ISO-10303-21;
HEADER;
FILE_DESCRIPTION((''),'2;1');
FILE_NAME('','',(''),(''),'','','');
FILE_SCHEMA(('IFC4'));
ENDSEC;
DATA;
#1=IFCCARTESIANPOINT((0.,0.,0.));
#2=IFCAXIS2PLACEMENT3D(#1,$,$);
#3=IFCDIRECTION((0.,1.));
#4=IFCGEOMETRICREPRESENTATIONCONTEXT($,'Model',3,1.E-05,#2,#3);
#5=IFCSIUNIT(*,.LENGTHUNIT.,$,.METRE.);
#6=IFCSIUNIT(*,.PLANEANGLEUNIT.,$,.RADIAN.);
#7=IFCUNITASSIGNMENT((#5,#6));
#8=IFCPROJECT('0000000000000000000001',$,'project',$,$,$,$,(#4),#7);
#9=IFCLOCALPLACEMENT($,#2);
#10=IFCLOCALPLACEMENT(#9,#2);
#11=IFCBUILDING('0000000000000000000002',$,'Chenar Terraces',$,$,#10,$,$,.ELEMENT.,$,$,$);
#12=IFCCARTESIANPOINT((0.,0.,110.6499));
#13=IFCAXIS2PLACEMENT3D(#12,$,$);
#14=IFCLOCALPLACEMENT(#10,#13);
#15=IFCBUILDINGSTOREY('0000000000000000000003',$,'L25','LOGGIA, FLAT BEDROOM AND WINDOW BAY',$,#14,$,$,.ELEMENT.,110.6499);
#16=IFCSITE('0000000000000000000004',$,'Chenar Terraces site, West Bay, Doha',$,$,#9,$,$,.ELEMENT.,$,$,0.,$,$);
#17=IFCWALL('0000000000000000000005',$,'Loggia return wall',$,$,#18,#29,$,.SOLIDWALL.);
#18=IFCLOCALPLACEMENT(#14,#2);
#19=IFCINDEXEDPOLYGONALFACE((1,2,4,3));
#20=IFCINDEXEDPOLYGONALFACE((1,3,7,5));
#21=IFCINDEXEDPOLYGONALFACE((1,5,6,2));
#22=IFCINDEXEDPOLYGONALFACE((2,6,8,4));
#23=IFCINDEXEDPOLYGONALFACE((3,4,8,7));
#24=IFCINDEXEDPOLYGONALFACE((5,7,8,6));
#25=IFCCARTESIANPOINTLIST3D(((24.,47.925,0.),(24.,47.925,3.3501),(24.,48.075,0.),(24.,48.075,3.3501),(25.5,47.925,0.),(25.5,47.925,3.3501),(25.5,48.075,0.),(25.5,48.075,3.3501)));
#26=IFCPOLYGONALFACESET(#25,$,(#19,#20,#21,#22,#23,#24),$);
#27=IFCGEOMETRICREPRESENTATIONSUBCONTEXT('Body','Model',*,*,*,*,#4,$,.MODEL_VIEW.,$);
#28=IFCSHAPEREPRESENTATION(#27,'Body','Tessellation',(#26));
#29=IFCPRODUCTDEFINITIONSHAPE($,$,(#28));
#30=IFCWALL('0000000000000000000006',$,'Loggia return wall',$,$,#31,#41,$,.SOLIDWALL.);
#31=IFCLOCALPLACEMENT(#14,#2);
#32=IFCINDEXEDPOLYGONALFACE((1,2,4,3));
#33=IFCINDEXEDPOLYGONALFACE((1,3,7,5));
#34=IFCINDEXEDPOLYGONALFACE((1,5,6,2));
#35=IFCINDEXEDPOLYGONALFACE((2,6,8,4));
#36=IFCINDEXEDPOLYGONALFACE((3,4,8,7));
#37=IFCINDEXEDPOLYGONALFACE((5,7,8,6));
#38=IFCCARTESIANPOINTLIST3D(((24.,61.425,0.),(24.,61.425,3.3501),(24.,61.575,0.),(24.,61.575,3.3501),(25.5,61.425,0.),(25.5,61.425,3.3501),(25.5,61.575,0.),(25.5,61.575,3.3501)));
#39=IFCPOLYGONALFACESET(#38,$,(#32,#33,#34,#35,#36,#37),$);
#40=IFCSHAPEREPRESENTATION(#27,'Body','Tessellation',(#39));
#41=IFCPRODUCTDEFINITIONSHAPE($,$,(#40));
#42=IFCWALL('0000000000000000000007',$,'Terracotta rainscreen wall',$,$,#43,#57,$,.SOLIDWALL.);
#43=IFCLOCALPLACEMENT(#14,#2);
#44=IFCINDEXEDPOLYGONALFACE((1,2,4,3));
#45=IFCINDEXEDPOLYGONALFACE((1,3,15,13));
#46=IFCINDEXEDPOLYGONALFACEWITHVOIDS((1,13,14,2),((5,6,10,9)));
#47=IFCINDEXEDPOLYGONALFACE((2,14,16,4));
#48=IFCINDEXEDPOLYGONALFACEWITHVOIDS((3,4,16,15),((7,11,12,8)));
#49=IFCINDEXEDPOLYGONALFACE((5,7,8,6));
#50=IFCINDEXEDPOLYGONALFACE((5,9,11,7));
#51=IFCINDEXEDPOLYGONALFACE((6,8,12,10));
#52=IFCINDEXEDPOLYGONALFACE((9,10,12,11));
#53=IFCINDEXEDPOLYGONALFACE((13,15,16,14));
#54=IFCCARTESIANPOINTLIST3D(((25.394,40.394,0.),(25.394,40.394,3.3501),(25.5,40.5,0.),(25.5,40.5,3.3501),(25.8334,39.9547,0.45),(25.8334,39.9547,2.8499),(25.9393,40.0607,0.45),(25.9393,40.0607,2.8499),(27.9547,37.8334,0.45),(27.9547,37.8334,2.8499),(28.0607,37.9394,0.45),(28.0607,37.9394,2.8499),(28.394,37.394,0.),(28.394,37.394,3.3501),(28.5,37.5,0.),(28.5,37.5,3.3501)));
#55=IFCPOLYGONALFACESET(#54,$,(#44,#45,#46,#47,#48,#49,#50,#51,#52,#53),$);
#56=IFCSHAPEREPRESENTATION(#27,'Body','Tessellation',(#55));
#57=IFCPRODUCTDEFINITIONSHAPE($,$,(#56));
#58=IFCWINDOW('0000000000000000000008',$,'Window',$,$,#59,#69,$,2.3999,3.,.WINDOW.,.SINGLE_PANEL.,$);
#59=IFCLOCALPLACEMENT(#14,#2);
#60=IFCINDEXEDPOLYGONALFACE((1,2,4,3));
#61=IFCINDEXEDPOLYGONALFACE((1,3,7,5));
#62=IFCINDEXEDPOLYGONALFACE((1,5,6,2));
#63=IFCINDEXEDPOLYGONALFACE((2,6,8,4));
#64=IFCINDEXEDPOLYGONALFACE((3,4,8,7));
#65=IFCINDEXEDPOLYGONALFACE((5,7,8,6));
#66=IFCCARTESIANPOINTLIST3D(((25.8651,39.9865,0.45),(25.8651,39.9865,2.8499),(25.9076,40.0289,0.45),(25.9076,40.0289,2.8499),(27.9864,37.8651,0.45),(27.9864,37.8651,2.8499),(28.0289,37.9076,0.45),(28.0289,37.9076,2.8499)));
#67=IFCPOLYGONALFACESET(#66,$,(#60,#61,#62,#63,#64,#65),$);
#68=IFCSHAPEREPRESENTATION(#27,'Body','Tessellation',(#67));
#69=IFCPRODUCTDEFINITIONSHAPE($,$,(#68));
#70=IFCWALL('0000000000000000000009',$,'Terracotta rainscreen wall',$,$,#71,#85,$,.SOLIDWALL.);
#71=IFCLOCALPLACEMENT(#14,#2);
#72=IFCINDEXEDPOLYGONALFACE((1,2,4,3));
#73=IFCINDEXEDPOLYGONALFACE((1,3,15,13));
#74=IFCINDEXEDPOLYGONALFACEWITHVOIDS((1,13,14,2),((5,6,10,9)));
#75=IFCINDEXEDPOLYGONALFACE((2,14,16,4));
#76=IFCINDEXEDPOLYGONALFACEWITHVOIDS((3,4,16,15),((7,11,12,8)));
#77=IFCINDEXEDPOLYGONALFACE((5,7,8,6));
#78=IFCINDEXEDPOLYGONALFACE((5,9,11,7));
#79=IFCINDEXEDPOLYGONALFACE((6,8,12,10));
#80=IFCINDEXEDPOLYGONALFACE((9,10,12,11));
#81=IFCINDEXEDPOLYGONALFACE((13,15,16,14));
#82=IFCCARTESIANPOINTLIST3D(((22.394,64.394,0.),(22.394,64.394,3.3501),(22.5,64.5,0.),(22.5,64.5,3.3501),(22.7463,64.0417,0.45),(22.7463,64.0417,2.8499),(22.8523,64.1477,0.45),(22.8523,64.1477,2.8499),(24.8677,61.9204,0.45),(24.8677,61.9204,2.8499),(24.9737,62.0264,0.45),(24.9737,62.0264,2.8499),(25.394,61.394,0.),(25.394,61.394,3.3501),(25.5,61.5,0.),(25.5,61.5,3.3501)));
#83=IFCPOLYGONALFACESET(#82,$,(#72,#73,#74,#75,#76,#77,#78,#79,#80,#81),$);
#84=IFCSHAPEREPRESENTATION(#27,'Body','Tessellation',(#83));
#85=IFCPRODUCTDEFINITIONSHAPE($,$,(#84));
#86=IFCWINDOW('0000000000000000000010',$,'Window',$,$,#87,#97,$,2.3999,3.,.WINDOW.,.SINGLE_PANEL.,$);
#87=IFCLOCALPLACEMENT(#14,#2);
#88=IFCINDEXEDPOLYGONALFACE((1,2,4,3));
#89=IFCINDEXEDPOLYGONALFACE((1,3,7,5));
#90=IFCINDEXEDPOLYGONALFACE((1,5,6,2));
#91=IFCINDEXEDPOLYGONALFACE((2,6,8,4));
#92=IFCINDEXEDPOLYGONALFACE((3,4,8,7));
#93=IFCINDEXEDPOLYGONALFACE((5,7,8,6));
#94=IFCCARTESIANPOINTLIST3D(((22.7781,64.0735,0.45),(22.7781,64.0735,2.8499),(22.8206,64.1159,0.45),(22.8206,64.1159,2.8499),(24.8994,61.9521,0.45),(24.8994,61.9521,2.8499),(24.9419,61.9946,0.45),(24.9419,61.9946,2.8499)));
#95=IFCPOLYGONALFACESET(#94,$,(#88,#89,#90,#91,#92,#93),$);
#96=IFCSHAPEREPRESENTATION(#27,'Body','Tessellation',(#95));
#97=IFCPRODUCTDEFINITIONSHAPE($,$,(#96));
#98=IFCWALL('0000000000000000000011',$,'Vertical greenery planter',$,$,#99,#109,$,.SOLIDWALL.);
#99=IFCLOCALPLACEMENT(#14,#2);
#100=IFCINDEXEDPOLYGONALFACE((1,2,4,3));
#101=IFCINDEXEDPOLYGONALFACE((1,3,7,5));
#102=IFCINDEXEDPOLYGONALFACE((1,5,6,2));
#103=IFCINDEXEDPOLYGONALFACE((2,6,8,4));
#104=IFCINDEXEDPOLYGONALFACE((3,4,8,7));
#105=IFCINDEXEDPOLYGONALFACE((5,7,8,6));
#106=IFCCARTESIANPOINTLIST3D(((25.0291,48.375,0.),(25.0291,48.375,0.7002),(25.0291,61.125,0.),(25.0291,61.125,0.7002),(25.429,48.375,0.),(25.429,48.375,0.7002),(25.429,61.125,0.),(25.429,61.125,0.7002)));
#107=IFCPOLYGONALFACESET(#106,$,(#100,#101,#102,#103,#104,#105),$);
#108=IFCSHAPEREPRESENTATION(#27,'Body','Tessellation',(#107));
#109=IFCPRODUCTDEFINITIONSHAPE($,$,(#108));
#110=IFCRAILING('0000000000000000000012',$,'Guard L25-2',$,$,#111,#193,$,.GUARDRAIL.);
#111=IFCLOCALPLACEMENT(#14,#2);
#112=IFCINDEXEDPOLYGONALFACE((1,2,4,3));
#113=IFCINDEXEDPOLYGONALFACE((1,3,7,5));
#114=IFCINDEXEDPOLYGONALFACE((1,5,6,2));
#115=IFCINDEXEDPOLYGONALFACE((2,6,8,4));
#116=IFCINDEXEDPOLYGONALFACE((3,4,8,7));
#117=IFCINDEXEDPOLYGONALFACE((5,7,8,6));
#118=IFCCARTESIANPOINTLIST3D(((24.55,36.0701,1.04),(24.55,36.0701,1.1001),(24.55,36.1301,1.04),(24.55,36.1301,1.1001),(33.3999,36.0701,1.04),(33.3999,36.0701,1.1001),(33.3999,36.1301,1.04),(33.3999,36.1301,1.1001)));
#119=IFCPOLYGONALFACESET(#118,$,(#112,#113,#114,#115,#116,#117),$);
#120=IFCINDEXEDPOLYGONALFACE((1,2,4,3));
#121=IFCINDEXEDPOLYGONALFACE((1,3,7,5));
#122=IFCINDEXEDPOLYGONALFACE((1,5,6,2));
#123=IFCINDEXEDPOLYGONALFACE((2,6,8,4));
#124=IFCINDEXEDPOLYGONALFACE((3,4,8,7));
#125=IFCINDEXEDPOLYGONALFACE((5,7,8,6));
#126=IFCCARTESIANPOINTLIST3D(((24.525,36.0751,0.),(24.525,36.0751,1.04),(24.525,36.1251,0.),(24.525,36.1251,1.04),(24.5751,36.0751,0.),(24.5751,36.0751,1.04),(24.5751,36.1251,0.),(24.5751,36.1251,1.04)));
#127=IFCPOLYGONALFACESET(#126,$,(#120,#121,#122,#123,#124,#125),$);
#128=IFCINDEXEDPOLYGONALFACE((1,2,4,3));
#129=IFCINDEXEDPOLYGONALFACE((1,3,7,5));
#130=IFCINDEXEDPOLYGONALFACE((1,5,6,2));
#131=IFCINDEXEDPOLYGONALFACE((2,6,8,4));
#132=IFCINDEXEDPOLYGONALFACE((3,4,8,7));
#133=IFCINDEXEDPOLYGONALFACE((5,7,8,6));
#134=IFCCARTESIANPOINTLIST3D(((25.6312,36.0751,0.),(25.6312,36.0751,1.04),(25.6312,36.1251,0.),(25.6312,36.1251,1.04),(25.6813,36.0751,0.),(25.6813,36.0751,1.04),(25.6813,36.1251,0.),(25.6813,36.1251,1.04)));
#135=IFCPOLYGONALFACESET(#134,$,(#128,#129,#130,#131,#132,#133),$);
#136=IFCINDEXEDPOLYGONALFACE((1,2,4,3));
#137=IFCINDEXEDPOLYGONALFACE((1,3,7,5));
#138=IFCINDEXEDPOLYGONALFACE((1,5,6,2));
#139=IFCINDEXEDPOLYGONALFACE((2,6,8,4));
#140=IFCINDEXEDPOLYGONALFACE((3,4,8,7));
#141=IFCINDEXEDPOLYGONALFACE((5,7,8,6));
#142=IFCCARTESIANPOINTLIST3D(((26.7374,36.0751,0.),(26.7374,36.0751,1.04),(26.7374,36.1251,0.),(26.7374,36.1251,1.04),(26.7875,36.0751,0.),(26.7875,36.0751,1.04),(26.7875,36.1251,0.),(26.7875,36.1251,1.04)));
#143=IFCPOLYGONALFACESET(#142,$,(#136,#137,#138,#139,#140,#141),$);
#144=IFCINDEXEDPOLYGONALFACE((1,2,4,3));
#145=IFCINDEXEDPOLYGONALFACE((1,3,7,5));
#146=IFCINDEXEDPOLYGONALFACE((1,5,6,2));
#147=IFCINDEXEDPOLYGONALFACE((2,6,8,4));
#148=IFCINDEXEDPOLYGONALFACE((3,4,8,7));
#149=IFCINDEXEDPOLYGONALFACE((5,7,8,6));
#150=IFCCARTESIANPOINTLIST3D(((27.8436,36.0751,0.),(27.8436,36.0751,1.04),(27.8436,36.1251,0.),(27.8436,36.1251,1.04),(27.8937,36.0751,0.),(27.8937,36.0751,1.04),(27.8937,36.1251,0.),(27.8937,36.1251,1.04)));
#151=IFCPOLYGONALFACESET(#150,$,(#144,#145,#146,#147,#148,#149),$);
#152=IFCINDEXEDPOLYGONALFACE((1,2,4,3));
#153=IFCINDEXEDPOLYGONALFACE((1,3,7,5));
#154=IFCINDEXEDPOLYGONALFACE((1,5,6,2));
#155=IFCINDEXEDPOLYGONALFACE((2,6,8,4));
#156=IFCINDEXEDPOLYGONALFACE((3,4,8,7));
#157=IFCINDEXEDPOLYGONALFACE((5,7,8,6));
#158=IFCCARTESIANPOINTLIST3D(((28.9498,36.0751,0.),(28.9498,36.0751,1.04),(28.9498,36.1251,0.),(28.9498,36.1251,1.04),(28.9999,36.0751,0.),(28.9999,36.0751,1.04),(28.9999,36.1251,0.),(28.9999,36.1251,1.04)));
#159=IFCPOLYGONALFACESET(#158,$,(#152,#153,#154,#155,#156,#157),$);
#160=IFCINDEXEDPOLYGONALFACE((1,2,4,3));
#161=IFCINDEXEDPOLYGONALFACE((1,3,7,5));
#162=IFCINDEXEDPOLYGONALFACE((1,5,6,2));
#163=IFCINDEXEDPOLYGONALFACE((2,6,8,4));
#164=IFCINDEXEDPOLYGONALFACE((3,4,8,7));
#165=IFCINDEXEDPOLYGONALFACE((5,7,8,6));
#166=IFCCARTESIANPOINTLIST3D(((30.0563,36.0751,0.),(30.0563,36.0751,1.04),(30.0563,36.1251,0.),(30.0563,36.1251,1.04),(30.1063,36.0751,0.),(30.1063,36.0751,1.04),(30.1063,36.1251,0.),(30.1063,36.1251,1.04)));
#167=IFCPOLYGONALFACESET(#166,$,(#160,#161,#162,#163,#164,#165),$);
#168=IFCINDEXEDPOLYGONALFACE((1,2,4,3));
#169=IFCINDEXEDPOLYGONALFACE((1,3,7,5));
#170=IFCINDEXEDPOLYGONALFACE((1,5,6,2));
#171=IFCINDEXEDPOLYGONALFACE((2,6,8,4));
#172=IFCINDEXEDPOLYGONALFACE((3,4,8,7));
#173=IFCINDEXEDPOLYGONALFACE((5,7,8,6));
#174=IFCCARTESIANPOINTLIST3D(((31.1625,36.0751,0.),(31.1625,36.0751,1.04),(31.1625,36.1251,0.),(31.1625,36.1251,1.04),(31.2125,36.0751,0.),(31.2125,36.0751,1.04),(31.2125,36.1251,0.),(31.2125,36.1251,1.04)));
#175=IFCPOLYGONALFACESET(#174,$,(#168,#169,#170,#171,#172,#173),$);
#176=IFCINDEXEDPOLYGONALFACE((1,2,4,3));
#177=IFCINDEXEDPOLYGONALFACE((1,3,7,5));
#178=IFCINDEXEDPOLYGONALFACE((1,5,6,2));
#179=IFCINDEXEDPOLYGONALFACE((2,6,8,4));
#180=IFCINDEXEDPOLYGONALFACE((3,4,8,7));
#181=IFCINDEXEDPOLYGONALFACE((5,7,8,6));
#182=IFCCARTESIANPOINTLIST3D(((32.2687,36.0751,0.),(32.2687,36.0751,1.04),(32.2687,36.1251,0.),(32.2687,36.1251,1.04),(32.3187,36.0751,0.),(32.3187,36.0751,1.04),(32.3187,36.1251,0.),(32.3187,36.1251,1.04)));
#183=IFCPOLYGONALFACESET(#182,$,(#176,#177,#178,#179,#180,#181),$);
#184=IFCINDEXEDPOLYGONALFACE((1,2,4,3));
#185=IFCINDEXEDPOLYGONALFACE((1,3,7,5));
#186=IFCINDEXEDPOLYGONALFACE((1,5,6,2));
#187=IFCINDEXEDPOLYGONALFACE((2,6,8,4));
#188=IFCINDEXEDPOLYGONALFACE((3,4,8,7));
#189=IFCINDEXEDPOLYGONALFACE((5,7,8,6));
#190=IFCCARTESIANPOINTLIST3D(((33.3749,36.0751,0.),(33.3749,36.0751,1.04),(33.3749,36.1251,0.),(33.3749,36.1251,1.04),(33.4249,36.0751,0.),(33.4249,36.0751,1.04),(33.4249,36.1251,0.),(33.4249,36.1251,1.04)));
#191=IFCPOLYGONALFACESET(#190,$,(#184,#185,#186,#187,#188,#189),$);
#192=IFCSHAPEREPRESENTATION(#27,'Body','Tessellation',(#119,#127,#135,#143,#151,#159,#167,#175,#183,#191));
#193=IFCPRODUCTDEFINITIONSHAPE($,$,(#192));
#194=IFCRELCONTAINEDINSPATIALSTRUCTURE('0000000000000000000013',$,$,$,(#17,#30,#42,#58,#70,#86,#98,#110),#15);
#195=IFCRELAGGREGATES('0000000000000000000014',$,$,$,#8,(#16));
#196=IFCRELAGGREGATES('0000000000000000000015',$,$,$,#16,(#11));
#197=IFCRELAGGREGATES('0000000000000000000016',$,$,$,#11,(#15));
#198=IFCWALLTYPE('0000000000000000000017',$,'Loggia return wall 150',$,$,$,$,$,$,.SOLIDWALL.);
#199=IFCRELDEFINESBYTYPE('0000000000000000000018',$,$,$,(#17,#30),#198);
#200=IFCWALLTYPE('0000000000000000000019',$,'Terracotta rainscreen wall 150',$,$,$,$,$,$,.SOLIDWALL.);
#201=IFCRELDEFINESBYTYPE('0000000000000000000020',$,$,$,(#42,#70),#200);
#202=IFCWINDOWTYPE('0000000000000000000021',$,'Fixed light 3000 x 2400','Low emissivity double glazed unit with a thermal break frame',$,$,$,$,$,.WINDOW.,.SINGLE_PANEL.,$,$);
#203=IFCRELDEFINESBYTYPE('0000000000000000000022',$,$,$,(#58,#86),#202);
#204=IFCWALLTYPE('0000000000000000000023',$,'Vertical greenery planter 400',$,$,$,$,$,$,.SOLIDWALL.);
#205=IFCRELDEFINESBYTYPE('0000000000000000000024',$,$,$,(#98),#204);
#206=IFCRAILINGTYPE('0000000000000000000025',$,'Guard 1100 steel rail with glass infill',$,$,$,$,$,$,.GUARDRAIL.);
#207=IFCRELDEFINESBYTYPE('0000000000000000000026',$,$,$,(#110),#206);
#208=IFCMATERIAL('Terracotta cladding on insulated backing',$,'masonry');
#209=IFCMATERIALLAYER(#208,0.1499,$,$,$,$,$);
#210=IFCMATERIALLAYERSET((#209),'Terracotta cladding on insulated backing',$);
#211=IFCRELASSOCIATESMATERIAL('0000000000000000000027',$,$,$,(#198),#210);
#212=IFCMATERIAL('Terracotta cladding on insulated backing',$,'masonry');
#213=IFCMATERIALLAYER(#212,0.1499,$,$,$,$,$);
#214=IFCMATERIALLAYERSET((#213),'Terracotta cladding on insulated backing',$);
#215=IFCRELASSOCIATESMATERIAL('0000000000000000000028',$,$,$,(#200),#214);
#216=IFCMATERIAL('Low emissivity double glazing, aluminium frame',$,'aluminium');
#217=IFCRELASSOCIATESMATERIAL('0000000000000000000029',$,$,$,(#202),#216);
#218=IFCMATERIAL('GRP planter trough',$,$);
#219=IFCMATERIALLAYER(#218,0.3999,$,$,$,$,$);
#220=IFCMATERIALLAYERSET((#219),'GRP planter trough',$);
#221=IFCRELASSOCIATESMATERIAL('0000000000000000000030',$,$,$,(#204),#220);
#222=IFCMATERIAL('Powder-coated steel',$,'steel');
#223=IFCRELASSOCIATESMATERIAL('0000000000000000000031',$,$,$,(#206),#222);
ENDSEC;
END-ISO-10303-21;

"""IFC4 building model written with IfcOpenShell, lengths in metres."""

from ifc_helpers import new_model, si_unit, direction, frame, frame_2d, origin, origin_2d, place, context, subcontext, project, spatial, rectangle, extrude, material, layer, layer_set, type_object, element, fill, save


model = new_model("IFC4")

# Units and contexts
model_context = context("Model", 3, precision=1e-05, world=origin(), true_north=direction((0.0, 1.0)))
body_context = subcontext(model_context, "Body", "Model", "MODEL_VIEW")
ifc_project = project(units=[si_unit("LENGTHUNIT", "METRE"), si_unit("PLANEANGLEUNIT", "RADIAN")], contexts=[model_context])

# Site, building, storey
site_placement = place(None, origin())
site = spatial("IfcSite", under=ifc_project, at=site_placement, Name="Chenar Terraces site, West Bay, Doha", CompositionType="ELEMENT", RefElevation=0.0)
building_placement = place(site_placement, origin())
building = spatial("IfcBuilding", under=site, at=building_placement, Name="Chenar Terraces", CompositionType="ELEMENT")
storey_placement = place(building_placement, frame((0.0, 0.0, 110.6499)))
storey = spatial("IfcBuildingStorey", under=building, at=storey_placement, Name="L25", Description="LOGGIA, FLAT BEDROOM AND WINDOW BAY", CompositionType="ELEMENT", Elevation=110.6499)

# Walls
ifc_material_1 = material(Name="Terracotta cladding on insulated backing", Category="masonry")
ifc_layer_1 = layer(ifc_material_1, 0.1499)
ifc_layer_set_1 = layer_set([ifc_layer_1], Name="Terracotta cladding on insulated backing")
wall_type_1 = type_object("IfcWallType", Name="Loggia return wall 150", PredefinedType="SOLIDWALL", material=ifc_layer_set_1)
for number, where, z_axis, x_axis, name in (
    (1, (25.5, 48.0, 0.0), (0.0, 0.0, 1.0), (-1.0, 0.0, 0.0), "Loggia return wall"),
    (2, (25.5, 61.5, 0.0), (0.0, 0.0, 1.0), (-1.0, 0.0, 0.0), "Loggia return wall"),
):
    element("IfcWall", number, at=place(storey_placement, frame(where, z_axis=z_axis, x_axis=x_axis)), inside=storey, type_object=wall_type_1, Name=name, PredefinedType="SOLIDWALL", context=body_context, shape_type="SweptSolid", body=[
        extrude(rectangle(XDim=1.5, YDim=0.1499, at=frame_2d((0.75, 0.0))), origin(), (0.0, 0.0, 1.0), 3.3501),
    ])

# Walls, openings, windows
ifc_material_2 = material(Name="Terracotta cladding on insulated backing", Category="masonry")
ifc_layer_2 = layer(ifc_material_2, 0.1499)
ifc_layer_set_2 = layer_set([ifc_layer_2], Name="Terracotta cladding on insulated backing")
wall_type_2 = type_object("IfcWallType", Name="Terracotta rainscreen wall 150", PredefinedType="SOLIDWALL", material=ifc_layer_set_2)
wall_1_placement = place(storey_placement, frame((28.447, 37.447, 0.0), z_axis=(0.0, 0.0, 1.0), x_axis=(-0.707107, 0.707107, 0.0)))
wall_1 = element("IfcWall", 3, at=wall_1_placement, inside=storey, type_object=wall_type_2, Name="Terracotta rainscreen wall", PredefinedType="SOLIDWALL", context=body_context, shape_type="SweptSolid", body=[
    extrude(rectangle(XDim=4.2427, YDim=0.1499, at=frame_2d((2.1213, 0.0))), origin(), (0.0, 0.0, 1.0), 3.3501),
])
opening_1_placement = place(wall_1_placement, frame((0.6213, 0.0, 0.45)))
opening_1 = element("IfcOpeningElement", 4, at=opening_1_placement, cuts=wall_1, PredefinedType="OPENING", context=body_context, shape_type="SweptSolid", body=[
    extrude(rectangle(XDim=3.0, YDim=2.3999, at=frame_2d((1.5, 1.2))), frame((0.0, 0.085, 0.0), z_axis=(0.0, -1.0, 0.0), x_axis=(1.0, 0.0, 0.0)), (0.0, 0.0, 1.0), 0.1699),
])
ifc_material_3 = material(Name="Low emissivity double glazing, aluminium frame", Category="aluminium")
window_type_1 = type_object("IfcWindowType", Name="Fixed light 3000 x 2400", Description="Low emissivity double glazed unit with a thermal break frame", PartitioningType="SINGLE_PANEL", PredefinedType="WINDOW", material=ifc_material_3)
window_1_placement = place(opening_1_placement, origin())
window_1 = element("IfcWindow", 5, at=window_1_placement, inside=storey, type_object=window_type_1, Name="Window", OverallHeight=2.3999, OverallWidth=3.0, PartitioningType="SINGLE_PANEL", PredefinedType="WINDOW", context=body_context, shape_type="SweptSolid", body=[
    extrude(rectangle(XDim=3.0, YDim=2.3999, at=frame_2d((1.5, 1.2))), frame((0.0, 0.03, 0.0), z_axis=(0.0, -1.0, 0.0), x_axis=(1.0, 0.0, 0.0)), (0.0, 0.0, 1.0), 0.0601),
])
fill(opening_1, window_1)
wall_2_placement = place(storey_placement, frame((25.447, 61.447, 0.0), z_axis=(0.0, 0.0, 1.0), x_axis=(-0.707107, 0.707107, 0.0)))
wall_2 = element("IfcWall", 6, at=wall_2_placement, inside=storey, type_object=wall_type_2, Name="Terracotta rainscreen wall", PredefinedType="SOLIDWALL", context=body_context, shape_type="SweptSolid", body=[
    extrude(rectangle(XDim=4.2427, YDim=0.1499, at=frame_2d((2.1213, 0.0))), origin(), (0.0, 0.0, 1.0), 3.3501),
])
opening_2_placement = place(wall_2_placement, frame((0.7444, 0.0, 0.45)))
opening_2 = element("IfcOpeningElement", 7, at=opening_2_placement, cuts=wall_2, PredefinedType="OPENING", context=body_context, shape_type="SweptSolid", body=[
    extrude(rectangle(XDim=3.0, YDim=2.3999, at=frame_2d((1.5, 1.2))), frame((0.0, 0.085, 0.0), z_axis=(0.0, -1.0, 0.0), x_axis=(1.0, 0.0, 0.0)), (0.0, 0.0, 1.0), 0.1699),
])
window_2_placement = place(opening_2_placement, origin())
window_2 = element("IfcWindow", 8, at=window_2_placement, inside=storey, type_object=window_type_1, Name="Window", OverallHeight=2.3999, OverallWidth=3.0, PartitioningType="SINGLE_PANEL", PredefinedType="WINDOW", context=body_context, shape_type="SweptSolid", body=[
    extrude(rectangle(XDim=3.0, YDim=2.3999, at=frame_2d((1.5, 1.2))), frame((0.0, 0.03, 0.0), z_axis=(0.0, -1.0, 0.0), x_axis=(1.0, 0.0, 0.0)), (0.0, 0.0, 1.0), 0.0601),
])
fill(opening_2, window_2)

# Wall
ifc_material_4 = material(Name="GRP planter trough")
ifc_layer_3 = layer(ifc_material_4, 0.3999)
ifc_layer_set_3 = layer_set([ifc_layer_3], Name="GRP planter trough")
wall_type_3 = type_object("IfcWallType", Name="Vertical greenery planter 400", PredefinedType="SOLIDWALL", material=ifc_layer_set_3)
wall_3_placement = place(storey_placement, frame((25.229, 48.375, 0.0), z_axis=(0.0, 0.0, 1.0), x_axis=(0.0, 1.0, 0.0)))
element("IfcWall", 9, at=wall_3_placement, inside=storey, type_object=wall_type_3, Name="Vertical greenery planter", PredefinedType="SOLIDWALL", context=body_context, shape_type="SweptSolid", body=[
    extrude(rectangle(XDim=12.75, YDim=0.3999, at=frame_2d((6.375, 0.0))), origin(), (0.0, 0.0, 1.0), 0.7002),
])

# Railing
ifc_material_5 = material(Name="Powder-coated steel", Category="steel")
railing_type_1 = type_object("IfcRailingType", Name="Guard 1100 steel rail with glass infill", PredefinedType="GUARDRAIL", material=ifc_material_5)
railing_1_placement = place(storey_placement, frame((24.55, 36.1001, 0.0)))
element("IfcRailing", 10, at=railing_1_placement, inside=storey, type_object=railing_type_1, Name="Guard L25-2", PredefinedType="GUARDRAIL", context=body_context, shape_type="SweptSolid", body=[
    extrude(rectangle(XDim=0.0601, YDim=0.0601, at=origin_2d()), frame((0.0, 0.0, 1.0701), z_axis=(1.0, 0.0, 0.0), x_axis=(0.0, 1.0, 0.0)), (0.0, 0.0, 1.0), 8.8499),
    extrude(rectangle(XDim=0.05, YDim=0.05, at=origin_2d()), origin(), (0.0, 0.0, 1.0), 1.04),
    extrude(rectangle(XDim=0.05, YDim=0.05, at=origin_2d()), frame((1.1062, 0.0, 0.0)), (0.0, 0.0, 1.0), 1.04),
    extrude(rectangle(XDim=0.05, YDim=0.05, at=origin_2d()), frame((2.2124, 0.0, 0.0)), (0.0, 0.0, 1.0), 1.04),
    extrude(rectangle(XDim=0.05, YDim=0.05, at=origin_2d()), frame((3.3186, 0.0, 0.0)), (0.0, 0.0, 1.0), 1.04),
    extrude(rectangle(XDim=0.05, YDim=0.05, at=origin_2d()), frame((4.4248, 0.0, 0.0)), (0.0, 0.0, 1.0), 1.04),
    extrude(rectangle(XDim=0.05, YDim=0.05, at=origin_2d()), frame((5.5312, 0.0, 0.0)), (0.0, 0.0, 1.0), 1.04),
    extrude(rectangle(XDim=0.05, YDim=0.05, at=origin_2d()), frame((6.6375, 0.0, 0.0)), (0.0, 0.0, 1.0), 1.04),
    extrude(rectangle(XDim=0.05, YDim=0.05, at=origin_2d()), frame((7.7437, 0.0, 0.0)), (0.0, 0.0, 1.0), 1.04),
    extrude(rectangle(XDim=0.05, YDim=0.05, at=origin_2d()), frame((8.8499, 0.0, 0.0)), (0.0, 0.0, 1.0), 1.04),
])

save(model, "model.ifc")
